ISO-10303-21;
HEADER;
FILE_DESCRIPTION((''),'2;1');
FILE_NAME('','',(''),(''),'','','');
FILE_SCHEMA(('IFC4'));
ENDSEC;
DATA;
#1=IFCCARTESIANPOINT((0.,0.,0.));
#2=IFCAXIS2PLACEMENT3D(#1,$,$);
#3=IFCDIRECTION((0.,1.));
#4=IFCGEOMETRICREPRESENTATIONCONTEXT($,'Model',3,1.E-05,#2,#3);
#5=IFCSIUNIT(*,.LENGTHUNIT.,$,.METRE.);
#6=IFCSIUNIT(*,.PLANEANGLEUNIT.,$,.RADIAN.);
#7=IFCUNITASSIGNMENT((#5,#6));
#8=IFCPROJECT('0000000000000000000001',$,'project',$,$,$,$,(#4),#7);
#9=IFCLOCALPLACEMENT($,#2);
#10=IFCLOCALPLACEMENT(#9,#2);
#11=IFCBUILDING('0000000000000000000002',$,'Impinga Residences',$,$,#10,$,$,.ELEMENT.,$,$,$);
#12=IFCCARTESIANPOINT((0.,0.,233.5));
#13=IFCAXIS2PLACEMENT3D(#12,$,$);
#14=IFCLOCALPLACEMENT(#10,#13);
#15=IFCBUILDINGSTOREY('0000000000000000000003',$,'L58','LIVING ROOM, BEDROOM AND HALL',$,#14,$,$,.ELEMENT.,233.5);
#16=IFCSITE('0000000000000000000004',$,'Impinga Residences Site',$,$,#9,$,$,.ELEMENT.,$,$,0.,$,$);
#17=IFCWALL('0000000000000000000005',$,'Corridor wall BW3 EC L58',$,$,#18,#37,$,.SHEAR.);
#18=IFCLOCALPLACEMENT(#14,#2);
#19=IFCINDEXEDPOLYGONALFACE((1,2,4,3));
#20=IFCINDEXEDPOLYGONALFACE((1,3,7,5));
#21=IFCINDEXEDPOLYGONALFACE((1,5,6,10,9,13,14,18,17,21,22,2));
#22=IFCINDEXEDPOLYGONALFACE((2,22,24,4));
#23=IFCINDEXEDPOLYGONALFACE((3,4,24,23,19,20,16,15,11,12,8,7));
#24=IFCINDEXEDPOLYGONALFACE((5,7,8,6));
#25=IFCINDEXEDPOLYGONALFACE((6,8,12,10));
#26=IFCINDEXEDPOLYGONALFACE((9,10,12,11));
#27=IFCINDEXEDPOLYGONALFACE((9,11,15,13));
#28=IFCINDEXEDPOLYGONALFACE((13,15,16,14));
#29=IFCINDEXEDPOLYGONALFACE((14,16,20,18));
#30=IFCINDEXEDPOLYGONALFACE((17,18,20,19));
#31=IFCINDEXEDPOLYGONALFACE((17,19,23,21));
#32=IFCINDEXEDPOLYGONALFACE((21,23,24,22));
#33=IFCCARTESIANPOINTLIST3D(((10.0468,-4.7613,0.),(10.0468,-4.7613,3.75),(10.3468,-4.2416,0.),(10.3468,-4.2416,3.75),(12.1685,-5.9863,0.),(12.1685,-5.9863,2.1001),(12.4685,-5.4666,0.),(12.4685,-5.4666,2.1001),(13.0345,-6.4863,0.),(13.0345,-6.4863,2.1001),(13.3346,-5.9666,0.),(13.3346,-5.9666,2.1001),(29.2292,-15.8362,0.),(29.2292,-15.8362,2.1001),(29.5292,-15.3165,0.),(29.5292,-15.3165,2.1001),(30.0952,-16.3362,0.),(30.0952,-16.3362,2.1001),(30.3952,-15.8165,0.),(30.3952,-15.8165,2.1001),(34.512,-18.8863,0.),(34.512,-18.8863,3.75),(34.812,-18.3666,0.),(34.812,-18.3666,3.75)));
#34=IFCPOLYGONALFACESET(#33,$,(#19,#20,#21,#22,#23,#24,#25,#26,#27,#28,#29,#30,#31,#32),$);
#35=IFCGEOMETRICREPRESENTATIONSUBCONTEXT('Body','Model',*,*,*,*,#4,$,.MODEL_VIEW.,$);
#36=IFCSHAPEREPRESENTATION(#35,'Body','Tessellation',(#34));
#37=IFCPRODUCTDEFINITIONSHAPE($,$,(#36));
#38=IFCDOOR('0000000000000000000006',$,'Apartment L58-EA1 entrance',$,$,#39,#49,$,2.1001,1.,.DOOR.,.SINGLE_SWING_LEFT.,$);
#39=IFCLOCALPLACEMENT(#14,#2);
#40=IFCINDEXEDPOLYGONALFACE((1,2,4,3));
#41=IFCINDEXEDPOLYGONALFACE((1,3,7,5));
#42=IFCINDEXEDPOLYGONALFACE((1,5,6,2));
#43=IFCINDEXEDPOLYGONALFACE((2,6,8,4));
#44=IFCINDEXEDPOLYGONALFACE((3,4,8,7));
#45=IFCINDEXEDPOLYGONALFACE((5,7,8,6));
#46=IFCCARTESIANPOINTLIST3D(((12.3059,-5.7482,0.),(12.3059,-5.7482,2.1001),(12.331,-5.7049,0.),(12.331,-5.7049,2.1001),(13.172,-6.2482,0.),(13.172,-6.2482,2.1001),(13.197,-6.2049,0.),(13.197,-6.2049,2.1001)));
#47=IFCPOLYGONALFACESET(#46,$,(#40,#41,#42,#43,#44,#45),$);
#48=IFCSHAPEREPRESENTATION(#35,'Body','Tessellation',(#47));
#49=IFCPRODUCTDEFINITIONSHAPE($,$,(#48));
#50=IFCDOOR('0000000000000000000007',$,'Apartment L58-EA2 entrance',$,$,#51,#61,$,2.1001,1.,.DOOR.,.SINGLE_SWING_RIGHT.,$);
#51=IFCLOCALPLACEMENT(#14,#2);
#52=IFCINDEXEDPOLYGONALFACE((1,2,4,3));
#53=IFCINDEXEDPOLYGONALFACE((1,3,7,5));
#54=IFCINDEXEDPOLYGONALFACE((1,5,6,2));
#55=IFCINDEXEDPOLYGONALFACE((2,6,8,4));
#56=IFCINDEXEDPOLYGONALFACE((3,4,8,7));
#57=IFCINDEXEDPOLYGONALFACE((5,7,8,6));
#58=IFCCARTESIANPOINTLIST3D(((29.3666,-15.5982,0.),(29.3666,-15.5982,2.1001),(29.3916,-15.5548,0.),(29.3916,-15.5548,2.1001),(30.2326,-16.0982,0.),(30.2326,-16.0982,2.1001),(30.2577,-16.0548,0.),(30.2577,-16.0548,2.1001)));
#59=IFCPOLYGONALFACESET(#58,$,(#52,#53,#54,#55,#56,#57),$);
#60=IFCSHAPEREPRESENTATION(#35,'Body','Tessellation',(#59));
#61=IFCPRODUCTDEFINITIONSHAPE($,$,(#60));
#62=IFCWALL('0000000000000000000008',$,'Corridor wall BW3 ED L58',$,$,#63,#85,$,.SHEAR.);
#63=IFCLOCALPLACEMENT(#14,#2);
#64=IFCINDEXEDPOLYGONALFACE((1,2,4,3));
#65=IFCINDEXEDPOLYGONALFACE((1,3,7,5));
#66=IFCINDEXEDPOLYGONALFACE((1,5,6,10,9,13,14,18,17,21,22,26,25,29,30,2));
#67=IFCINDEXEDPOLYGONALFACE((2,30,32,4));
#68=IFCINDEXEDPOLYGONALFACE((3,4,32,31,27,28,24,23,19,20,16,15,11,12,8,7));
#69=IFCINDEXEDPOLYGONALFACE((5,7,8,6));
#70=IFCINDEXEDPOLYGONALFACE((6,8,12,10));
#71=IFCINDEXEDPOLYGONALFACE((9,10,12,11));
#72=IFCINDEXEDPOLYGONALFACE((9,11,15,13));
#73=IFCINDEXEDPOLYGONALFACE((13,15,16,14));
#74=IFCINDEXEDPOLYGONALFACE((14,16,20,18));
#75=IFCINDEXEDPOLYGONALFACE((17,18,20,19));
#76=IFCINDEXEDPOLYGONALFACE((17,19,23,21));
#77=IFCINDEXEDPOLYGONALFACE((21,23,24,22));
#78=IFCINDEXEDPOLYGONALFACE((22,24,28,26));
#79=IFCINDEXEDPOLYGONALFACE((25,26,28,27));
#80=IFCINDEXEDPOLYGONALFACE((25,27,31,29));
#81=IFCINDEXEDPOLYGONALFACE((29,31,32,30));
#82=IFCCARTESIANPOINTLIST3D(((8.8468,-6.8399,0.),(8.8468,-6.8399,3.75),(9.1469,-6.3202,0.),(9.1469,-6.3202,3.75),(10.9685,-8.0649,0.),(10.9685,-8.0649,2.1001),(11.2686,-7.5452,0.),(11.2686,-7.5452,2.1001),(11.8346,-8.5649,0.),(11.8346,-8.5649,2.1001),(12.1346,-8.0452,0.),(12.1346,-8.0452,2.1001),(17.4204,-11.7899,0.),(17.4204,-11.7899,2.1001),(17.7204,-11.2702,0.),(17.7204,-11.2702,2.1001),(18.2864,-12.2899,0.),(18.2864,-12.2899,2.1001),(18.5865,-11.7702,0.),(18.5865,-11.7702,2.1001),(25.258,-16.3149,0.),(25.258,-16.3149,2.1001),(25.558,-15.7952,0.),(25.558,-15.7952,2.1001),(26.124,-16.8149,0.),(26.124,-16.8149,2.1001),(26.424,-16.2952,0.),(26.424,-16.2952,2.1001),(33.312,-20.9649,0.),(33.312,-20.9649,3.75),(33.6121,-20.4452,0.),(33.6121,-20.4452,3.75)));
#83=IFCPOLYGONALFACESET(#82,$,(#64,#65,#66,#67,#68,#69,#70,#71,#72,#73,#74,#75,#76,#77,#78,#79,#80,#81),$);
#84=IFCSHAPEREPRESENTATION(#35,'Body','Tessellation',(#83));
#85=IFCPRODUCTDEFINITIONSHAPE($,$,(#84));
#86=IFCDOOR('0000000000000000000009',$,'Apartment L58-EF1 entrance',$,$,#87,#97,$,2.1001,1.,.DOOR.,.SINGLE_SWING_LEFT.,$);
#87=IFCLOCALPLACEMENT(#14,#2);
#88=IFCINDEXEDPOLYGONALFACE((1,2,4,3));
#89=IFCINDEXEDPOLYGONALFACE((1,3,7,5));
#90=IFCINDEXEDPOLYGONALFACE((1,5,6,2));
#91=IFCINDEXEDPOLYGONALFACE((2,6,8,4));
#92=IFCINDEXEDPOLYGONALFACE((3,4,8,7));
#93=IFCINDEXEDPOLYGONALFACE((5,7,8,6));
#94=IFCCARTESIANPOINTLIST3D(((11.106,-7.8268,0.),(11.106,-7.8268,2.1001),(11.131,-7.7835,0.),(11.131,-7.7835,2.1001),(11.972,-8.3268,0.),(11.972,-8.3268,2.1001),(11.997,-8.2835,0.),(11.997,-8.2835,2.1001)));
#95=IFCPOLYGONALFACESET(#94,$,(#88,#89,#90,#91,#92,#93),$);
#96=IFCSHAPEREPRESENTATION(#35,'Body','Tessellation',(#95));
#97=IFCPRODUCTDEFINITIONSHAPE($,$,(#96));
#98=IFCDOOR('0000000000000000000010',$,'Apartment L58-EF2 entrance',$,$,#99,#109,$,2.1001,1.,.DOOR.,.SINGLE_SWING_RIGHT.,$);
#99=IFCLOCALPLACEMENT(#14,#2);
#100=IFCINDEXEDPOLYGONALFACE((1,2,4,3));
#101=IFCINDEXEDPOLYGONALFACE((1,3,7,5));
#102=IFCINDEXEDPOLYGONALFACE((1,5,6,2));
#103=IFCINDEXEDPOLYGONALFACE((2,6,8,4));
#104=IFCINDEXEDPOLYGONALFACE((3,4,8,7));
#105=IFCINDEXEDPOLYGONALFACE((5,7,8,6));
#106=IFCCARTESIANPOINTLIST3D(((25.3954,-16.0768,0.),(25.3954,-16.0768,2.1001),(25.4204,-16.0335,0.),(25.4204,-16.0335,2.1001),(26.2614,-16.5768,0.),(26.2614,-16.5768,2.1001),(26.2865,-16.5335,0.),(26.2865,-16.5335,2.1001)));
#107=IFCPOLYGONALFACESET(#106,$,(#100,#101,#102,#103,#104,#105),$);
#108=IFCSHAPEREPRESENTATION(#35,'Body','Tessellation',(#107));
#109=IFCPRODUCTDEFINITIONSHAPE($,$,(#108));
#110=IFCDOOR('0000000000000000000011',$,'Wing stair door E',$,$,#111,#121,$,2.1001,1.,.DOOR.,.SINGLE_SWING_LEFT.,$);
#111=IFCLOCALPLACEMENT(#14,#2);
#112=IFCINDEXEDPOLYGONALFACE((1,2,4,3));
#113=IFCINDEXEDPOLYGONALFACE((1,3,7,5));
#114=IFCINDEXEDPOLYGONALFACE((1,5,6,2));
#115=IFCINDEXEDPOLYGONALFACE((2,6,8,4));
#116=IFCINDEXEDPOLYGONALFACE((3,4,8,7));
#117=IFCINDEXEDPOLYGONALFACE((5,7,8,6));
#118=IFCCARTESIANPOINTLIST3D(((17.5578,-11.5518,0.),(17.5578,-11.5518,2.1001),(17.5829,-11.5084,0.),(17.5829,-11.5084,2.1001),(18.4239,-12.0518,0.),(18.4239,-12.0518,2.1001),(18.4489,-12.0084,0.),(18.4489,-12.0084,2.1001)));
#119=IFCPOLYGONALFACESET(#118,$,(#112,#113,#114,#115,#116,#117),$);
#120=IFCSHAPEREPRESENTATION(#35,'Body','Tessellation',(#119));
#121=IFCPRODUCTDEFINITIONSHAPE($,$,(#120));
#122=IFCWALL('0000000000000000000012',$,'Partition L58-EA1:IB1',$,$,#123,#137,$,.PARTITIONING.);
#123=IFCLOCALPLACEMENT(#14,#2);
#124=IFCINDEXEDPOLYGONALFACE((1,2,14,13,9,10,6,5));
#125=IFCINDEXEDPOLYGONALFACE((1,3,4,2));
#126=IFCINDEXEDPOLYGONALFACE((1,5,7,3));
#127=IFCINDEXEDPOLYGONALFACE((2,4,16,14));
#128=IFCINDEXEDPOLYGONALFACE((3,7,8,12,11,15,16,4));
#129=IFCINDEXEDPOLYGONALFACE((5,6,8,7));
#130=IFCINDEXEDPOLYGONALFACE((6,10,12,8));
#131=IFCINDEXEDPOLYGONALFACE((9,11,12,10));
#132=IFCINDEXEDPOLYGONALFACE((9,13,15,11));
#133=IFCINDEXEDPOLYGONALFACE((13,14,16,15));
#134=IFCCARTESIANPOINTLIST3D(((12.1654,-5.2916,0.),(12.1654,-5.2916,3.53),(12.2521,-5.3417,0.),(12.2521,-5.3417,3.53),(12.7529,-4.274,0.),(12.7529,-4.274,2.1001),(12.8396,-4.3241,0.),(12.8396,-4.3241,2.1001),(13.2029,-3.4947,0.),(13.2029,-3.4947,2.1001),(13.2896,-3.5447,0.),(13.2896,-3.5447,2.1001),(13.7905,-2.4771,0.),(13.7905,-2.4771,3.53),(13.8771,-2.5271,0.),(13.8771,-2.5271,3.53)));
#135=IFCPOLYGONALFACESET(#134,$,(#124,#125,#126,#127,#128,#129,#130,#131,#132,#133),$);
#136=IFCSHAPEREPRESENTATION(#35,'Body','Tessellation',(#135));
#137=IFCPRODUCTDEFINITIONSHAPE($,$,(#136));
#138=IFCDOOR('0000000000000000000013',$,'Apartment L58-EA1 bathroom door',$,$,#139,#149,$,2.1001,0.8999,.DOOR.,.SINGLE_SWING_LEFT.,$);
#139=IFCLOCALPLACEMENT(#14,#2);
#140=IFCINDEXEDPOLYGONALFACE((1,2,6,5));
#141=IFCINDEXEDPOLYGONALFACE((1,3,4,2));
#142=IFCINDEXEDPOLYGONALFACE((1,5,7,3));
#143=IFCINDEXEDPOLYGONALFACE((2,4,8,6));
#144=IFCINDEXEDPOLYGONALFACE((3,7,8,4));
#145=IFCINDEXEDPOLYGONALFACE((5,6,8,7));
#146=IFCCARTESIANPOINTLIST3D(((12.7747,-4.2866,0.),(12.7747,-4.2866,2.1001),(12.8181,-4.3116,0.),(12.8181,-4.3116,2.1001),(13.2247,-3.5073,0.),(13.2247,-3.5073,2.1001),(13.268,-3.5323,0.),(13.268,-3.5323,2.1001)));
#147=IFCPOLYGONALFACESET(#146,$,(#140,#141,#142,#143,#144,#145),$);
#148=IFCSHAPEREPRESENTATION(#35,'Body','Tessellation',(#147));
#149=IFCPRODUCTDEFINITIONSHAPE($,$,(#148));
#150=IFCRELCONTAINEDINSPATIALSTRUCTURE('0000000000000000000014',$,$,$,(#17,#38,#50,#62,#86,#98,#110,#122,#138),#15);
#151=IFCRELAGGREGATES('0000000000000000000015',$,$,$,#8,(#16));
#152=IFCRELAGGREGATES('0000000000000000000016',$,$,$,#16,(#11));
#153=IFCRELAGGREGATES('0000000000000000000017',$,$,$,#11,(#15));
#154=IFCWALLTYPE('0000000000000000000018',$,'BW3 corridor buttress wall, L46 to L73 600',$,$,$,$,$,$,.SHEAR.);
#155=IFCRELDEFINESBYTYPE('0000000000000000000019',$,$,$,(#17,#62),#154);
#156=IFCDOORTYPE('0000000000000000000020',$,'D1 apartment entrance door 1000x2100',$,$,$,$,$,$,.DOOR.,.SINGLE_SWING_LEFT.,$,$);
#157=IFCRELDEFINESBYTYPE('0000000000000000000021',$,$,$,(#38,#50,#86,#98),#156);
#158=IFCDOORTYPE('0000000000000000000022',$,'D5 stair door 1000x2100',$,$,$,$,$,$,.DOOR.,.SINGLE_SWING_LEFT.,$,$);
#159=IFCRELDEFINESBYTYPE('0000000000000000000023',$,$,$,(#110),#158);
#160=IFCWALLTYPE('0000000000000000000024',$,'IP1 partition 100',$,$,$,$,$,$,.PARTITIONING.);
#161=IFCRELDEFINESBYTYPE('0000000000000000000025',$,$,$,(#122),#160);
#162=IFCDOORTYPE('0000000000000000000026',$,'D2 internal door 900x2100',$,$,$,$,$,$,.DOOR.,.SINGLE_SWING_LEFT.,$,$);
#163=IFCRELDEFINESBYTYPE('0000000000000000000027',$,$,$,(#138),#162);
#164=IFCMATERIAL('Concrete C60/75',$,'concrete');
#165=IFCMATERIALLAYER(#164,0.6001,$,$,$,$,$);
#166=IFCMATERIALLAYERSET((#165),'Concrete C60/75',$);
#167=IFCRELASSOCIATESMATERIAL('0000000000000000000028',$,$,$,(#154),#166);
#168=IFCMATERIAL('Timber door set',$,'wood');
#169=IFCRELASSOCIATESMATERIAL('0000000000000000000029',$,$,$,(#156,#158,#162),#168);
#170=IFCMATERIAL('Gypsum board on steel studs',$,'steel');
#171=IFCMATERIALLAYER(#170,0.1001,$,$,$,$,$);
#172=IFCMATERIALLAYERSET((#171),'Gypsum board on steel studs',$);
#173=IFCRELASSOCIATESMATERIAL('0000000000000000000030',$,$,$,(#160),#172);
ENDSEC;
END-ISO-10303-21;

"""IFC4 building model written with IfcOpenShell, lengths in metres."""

from ifc_helpers import new_model, si_unit, direction, frame, frame_2d, origin, place, context, subcontext, project, spatial, rectangle, extrude, material, layer, layer_set, type_object, element, fill, save


model = new_model("IFC4")

# Units and contexts
model_context = context("Model", 3, precision=1e-05, world=origin(), true_north=direction((0.0, 1.0)))
body_context = subcontext(model_context, "Body", "Model", "MODEL_VIEW")
ifc_project = project(units=[si_unit("LENGTHUNIT", "METRE"), si_unit("PLANEANGLEUNIT", "RADIAN")], contexts=[model_context])

# Site, building, storey
site_placement = place(None, origin())
site = spatial("IfcSite", under=ifc_project, at=site_placement, Name="Impinga Residences Site", CompositionType="ELEMENT", RefElevation=0.0)
building_placement = place(site_placement, origin())
building = spatial("IfcBuilding", under=site, at=building_placement, Name="Impinga Residences", CompositionType="ELEMENT")
storey_placement = place(building_placement, frame((0.0, 0.0, 233.5)))
storey = spatial("IfcBuildingStorey", under=building, at=storey_placement, Name="L58", Description="LIVING ROOM, BEDROOM AND HALL", CompositionType="ELEMENT", Elevation=233.5)

# Walls, openings, doors
ifc_material_1 = material(Name="Concrete C60/75", Category="concrete")
ifc_layer_1 = layer(ifc_material_1, 0.6001)
ifc_layer_set_1 = layer_set([ifc_layer_1], Name="Concrete C60/75")
wall_type_1 = type_object("IfcWallType", Name="BW3 corridor buttress wall, L46 to L73 600", PredefinedType="SHEAR", material=ifc_layer_set_1)
wall_1_placement = place(storey_placement, frame((10.1968, -4.5015, 0.0), z_axis=(0.0, 0.0, 1.0), x_axis=(0.866026, -0.499998, 0.0)))
wall_1 = element("IfcWall", 1, at=wall_1_placement, inside=storey, type_object=wall_type_1, Name="Corridor wall BW3 EC L58", PredefinedType="SHEAR", context=body_context, shape_type="SweptSolid", body=[
    extrude(rectangle(XDim=28.25, YDim=0.6001, at=frame_2d((14.125, 0.0))), origin(), (0.0, 0.0, 1.0), 3.75),
])
opening_1_placement = place(wall_1_placement, frame((2.45, 0.0, 0.0)))
opening_1 = element("IfcOpeningElement", 2, at=opening_1_placement, cuts=wall_1, PredefinedType="OPENING", context=body_context, shape_type="SweptSolid", body=[
    extrude(rectangle(XDim=1.0, YDim=2.1001, at=frame_2d((0.5, 1.05))), frame((0.0, 0.3101, 0.0), z_axis=(0.0, -1.0, 0.0), x_axis=(1.0, 0.0, 0.0)), (0.0, 0.0, 1.0), 0.6201),
])
opening_2_placement = place(wall_1_placement, frame((22.1499, 0.0, 0.0)))
opening_2 = element("IfcOpeningElement", 3, at=opening_2_placement, cuts=wall_1, PredefinedType="OPENING", context=body_context, shape_type="SweptSolid", body=[
    extrude(rectangle(XDim=1.0, YDim=2.1001, at=frame_2d((0.5, 1.05))), frame((0.0, 0.3101, 0.0), z_axis=(0.0, -1.0, 0.0), x_axis=(1.0, 0.0, 0.0)), (0.0, 0.0, 1.0), 0.6201),
])
ifc_material_2 = material(Name="Timber door set", Category="wood")
door_type_1 = type_object("IfcDoorType", Name="D1 apartment entrance door 1000x2100", OperationType="SINGLE_SWING_LEFT", PredefinedType="DOOR", material=ifc_material_2)
door_1_placement = place(opening_1_placement, origin())
door_1 = element("IfcDoor", 4, at=door_1_placement, inside=storey, type_object=door_type_1, Name="Apartment L58-EA1 entrance", OperationType="SINGLE_SWING_LEFT", OverallHeight=2.1001, OverallWidth=1.0, PredefinedType="DOOR", context=body_context, shape_type="SweptSolid", body=[
    extrude(rectangle(XDim=1.0, YDim=2.1001, at=frame_2d((0.5, 1.05))), frame((0.0, 0.0249, 0.0), z_axis=(0.0, -1.0, 0.0), x_axis=(1.0, 0.0, 0.0)), (0.0, 0.0, 1.0), 0.05),
])
fill(opening_1, door_1)
door_2_placement = place(opening_2_placement, origin())
door_2 = element("IfcDoor", 5, at=door_2_placement, inside=storey, type_object=door_type_1, Name="Apartment L58-EA2 entrance", OperationType="SINGLE_SWING_RIGHT", OverallHeight=2.1001, OverallWidth=1.0, PredefinedType="DOOR", context=body_context, shape_type="SweptSolid", body=[
    extrude(rectangle(XDim=1.0, YDim=2.1001, at=frame_2d((0.5, 1.05))), frame((0.0, 0.0249, 0.0), z_axis=(0.0, -1.0, 0.0), x_axis=(1.0, 0.0, 0.0)), (0.0, 0.0, 1.0), 0.05),
])
fill(opening_2, door_2)
wall_2_placement = place(storey_placement, frame((8.9968, -6.5801, 0.0), z_axis=(0.0, 0.0, 1.0), x_axis=(0.866026, -0.499998, 0.0)))
wall_2 = element("IfcWall", 6, at=wall_2_placement, inside=storey, type_object=wall_type_1, Name="Corridor wall BW3 ED L58", PredefinedType="SHEAR", context=body_context, shape_type="SweptSolid", body=[
    extrude(rectangle(XDim=28.25, YDim=0.6001, at=frame_2d((14.125, 0.0))), origin(), (0.0, 0.0, 1.0), 3.75),
])
opening_3_placement = place(wall_2_placement, frame((9.8999, 0.0, 0.0)))
opening_3 = element("IfcOpeningElement", 7, at=opening_3_placement, cuts=wall_2, PredefinedType="OPENING", context=body_context, shape_type="SweptSolid", body=[
    extrude(rectangle(XDim=1.0, YDim=2.1001, at=frame_2d((0.5, 1.05))), frame((0.0, 0.3101, 0.0), z_axis=(0.0, -1.0, 0.0), x_axis=(1.0, 0.0, 0.0)), (0.0, 0.0, 1.0), 0.6201),
])
opening_4_placement = place(wall_2_placement, frame((2.45, 0.0, 0.0)))
opening_4 = element("IfcOpeningElement", 8, at=opening_4_placement, cuts=wall_2, PredefinedType="OPENING", context=body_context, shape_type="SweptSolid", body=[
    extrude(rectangle(XDim=1.0, YDim=2.1001, at=frame_2d((0.5, 1.05))), frame((0.0, 0.3101, 0.0), z_axis=(0.0, -1.0, 0.0), x_axis=(1.0, 0.0, 0.0)), (0.0, 0.0, 1.0), 0.6201),
])
opening_5_placement = place(wall_2_placement, frame((18.95, 0.0, 0.0)))
opening_5 = element("IfcOpeningElement", 9, at=opening_5_placement, cuts=wall_2, PredefinedType="OPENING", context=body_context, shape_type="SweptSolid", body=[
    extrude(rectangle(XDim=1.0, YDim=2.1001, at=frame_2d((0.5, 1.05))), frame((0.0, 0.3101, 0.0), z_axis=(0.0, -1.0, 0.0), x_axis=(1.0, 0.0, 0.0)), (0.0, 0.0, 1.0), 0.6201),
])
door_3_placement = place(opening_4_placement, origin())
door_3 = element("IfcDoor", 10, at=door_3_placement, inside=storey, type_object=door_type_1, Name="Apartment L58-EF1 entrance", OperationType="SINGLE_SWING_LEFT", OverallHeight=2.1001, OverallWidth=1.0, PredefinedType="DOOR", context=body_context, shape_type="SweptSolid", body=[
    extrude(rectangle(XDim=1.0, YDim=2.1001, at=frame_2d((0.5, 1.05))), frame((0.0, 0.0249, 0.0), z_axis=(0.0, -1.0, 0.0), x_axis=(1.0, 0.0, 0.0)), (0.0, 0.0, 1.0), 0.05),
])
fill(opening_4, door_3)
door_4_placement = place(opening_5_placement, origin())
door_4 = element("IfcDoor", 11, at=door_4_placement, inside=storey, type_object=door_type_1, Name="Apartment L58-EF2 entrance", OperationType="SINGLE_SWING_RIGHT", OverallHeight=2.1001, OverallWidth=1.0, PredefinedType="DOOR", context=body_context, shape_type="SweptSolid", body=[
    extrude(rectangle(XDim=1.0, YDim=2.1001, at=frame_2d((0.5, 1.05))), frame((0.0, 0.0249, 0.0), z_axis=(0.0, -1.0, 0.0), x_axis=(1.0, 0.0, 0.0)), (0.0, 0.0, 1.0), 0.05),
])
fill(opening_5, door_4)
door_type_2 = type_object("IfcDoorType", Name="D5 stair door 1000x2100", OperationType="SINGLE_SWING_LEFT", PredefinedType="DOOR", material=ifc_material_2)
door_5_placement = place(opening_3_placement, origin())
door_5 = element("IfcDoor", 12, at=door_5_placement, inside=storey, type_object=door_type_2, Name="Wing stair door E", OperationType="SINGLE_SWING_LEFT", OverallHeight=2.1001, OverallWidth=1.0, PredefinedType="DOOR", context=body_context, shape_type="SweptSolid", body=[
    extrude(rectangle(XDim=1.0, YDim=2.1001, at=frame_2d((0.5, 1.05))), frame((0.0, 0.0249, 0.0), z_axis=(0.0, -1.0, 0.0), x_axis=(1.0, 0.0, 0.0)), (0.0, 0.0, 1.0), 0.05),
])
fill(opening_3, door_5)

# Wall, opening, door
ifc_material_3 = material(Name="Gypsum board on steel studs", Category="steel")
ifc_layer_2 = layer(ifc_material_3, 0.1001)
ifc_layer_set_2 = layer_set([ifc_layer_2], Name="Gypsum board on steel studs")
wall_type_2 = type_object("IfcWallType", Name="IP1 partition 100", PredefinedType="PARTITIONING", material=ifc_layer_set_2)
wall_3_placement = place(storey_placement, frame((12.2087, -5.3167, 0.0), z_axis=(0.0, 0.0, 1.0), x_axis=(0.500017, 0.866015, 0.0)))
wall_3 = element("IfcWall", 13, at=wall_3_placement, inside=storey, type_object=wall_type_2, Name="Partition L58-EA1:IB1", PredefinedType="PARTITIONING", context=body_context, shape_type="SweptSolid", body=[
    extrude(rectangle(XDim=3.25, YDim=0.1001, at=frame_2d((1.625, 0.0))), origin(), (0.0, 0.0, 1.0), 3.53),
])
opening_6_placement = place(wall_3_placement, frame((1.175, 0.0, 0.0)))
opening_6 = element("IfcOpeningElement", 14, at=opening_6_placement, cuts=wall_3, PredefinedType="OPENING", context=body_context, shape_type="SweptSolid", body=[
    extrude(rectangle(XDim=0.8999, YDim=2.1001, at=frame_2d((0.45, 1.05))), frame((0.0, 0.0601, 0.0), z_axis=(0.0, -1.0, 0.0), x_axis=(1.0, 0.0, 0.0)), (0.0, 0.0, 1.0), 0.1201),
])
door_type_3 = type_object("IfcDoorType", Name="D2 internal door 900x2100", OperationType="SINGLE_SWING_LEFT", PredefinedType="DOOR", material=ifc_material_2)
door_6_placement = place(opening_6_placement, origin())
door_6 = element("IfcDoor", 15, at=door_6_placement, inside=storey, type_object=door_type_3, Name="Apartment L58-EA1 bathroom door", OperationType="SINGLE_SWING_LEFT", OverallHeight=2.1001, OverallWidth=0.8999, PredefinedType="DOOR", context=body_context, shape_type="SweptSolid", body=[
    extrude(rectangle(XDim=0.8999, YDim=2.1001, at=frame_2d((0.45, 1.05))), frame((0.0, 0.0249, 0.0), z_axis=(0.0, -1.0, 0.0), x_axis=(1.0, 0.0, 0.0)), (0.0, 0.0, 1.0), 0.05),
])
fill(opening_6, door_6)

save(model, "model.ifc")
